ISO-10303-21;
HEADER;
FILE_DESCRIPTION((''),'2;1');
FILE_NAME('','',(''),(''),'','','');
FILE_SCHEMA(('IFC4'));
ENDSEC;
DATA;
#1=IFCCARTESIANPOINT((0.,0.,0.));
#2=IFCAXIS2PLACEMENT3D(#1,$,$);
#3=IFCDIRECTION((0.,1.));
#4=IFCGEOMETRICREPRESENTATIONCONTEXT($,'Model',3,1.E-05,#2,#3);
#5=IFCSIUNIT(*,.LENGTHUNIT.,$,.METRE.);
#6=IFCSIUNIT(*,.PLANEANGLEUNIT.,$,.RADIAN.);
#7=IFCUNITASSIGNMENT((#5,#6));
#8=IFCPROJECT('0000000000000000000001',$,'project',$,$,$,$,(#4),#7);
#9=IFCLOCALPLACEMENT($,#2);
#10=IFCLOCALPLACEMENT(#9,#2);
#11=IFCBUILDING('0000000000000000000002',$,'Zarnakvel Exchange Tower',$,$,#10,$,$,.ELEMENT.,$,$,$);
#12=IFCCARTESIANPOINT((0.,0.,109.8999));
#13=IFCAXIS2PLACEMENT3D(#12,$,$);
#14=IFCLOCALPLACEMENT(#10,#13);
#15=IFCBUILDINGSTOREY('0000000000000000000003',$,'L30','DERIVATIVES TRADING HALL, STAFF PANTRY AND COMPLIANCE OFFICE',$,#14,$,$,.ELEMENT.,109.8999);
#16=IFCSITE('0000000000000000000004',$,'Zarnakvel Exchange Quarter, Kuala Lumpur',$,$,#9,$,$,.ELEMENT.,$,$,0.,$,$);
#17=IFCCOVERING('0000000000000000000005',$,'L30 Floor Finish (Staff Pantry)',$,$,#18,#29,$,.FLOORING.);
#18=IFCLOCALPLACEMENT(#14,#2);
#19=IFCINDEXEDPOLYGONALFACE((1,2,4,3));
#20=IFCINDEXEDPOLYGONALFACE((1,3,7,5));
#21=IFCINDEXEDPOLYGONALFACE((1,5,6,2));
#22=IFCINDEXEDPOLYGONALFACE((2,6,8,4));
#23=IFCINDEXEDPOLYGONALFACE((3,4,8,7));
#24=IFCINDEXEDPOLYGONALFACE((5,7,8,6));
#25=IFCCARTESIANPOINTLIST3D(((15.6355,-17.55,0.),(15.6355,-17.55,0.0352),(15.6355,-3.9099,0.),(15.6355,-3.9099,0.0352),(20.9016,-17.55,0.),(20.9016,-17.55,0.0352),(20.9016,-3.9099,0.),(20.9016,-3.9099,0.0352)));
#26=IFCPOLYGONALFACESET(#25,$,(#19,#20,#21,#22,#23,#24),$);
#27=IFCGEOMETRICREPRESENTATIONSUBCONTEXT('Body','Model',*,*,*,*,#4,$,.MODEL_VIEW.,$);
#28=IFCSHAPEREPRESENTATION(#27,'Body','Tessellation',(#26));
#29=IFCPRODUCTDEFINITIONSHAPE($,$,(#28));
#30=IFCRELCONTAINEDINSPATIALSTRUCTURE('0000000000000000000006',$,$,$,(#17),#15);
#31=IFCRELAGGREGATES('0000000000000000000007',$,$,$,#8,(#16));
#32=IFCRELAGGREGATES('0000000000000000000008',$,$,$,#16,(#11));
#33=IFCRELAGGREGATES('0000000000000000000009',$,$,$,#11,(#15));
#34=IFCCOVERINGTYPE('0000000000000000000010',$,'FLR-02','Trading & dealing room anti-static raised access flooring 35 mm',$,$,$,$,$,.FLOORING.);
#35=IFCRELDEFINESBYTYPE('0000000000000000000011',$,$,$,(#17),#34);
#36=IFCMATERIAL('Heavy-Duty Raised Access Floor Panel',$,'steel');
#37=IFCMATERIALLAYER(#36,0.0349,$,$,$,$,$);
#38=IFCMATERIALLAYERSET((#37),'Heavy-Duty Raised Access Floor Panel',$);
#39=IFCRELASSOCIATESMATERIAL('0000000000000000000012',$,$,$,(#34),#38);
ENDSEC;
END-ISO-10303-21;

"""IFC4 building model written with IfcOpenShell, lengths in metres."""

from ifc_helpers import new_model, si_unit, direction, frame, origin, place, context, subcontext, project, spatial, polyline, outline, extrude, material, layer, layer_set, type_object, element, save


model = new_model("IFC4")

# Units and contexts
model_context = context("Model", 3, precision=1e-05, world=origin(), true_north=direction((0.0, 1.0)))
body_context = subcontext(model_context, "Body", "Model", "MODEL_VIEW")
ifc_project = project(units=[si_unit("LENGTHUNIT", "METRE"), si_unit("PLANEANGLEUNIT", "RADIAN")], contexts=[model_context])

# Site, building, storey
site_placement = place(None, origin())
site = spatial("IfcSite", under=ifc_project, at=site_placement, Name="Zarnakvel Exchange Quarter, Kuala Lumpur", CompositionType="ELEMENT", RefElevation=0.0)
building_placement = place(site_placement, origin())
building = spatial("IfcBuilding", under=site, at=building_placement, Name="Zarnakvel Exchange Tower", CompositionType="ELEMENT")
storey_placement = place(building_placement, frame((0.0, 0.0, 109.8999)))
storey = spatial("IfcBuildingStorey", under=building, at=storey_placement, Name="L30", Description="DERIVATIVES TRADING HALL, STAFF PANTRY AND COMPLIANCE OFFICE", CompositionType="ELEMENT", Elevation=109.8999)

# Covering
ifc_material_1 = material(Name="Heavy-Duty Raised Access Floor Panel", Category="steel")
ifc_layer_1 = layer(ifc_material_1, 0.0349)
ifc_layer_set_1 = layer_set([ifc_layer_1], Name="Heavy-Duty Raised Access Floor Panel")
covering_type_1 = type_object("IfcCoveringType", Name="FLR-02", Description="Trading & dealing room anti-static raised access flooring 35 mm", PredefinedType="FLOORING", material=ifc_layer_set_1)
covering_1_placement = place(storey_placement, origin())
element("IfcCovering", 1, at=covering_1_placement, inside=storey, type_object=covering_type_1, Name="L30 Floor Finish (Staff Pantry)", PredefinedType="FLOORING", context=body_context, shape_type="SweptSolid", body=[
    extrude(outline(polyline([(15.6355, -3.9099), (20.9016, -3.9099), (20.9016, -17.55), (15.6355, -17.55), (15.6355, -3.9099)])), origin(), (0.0, 0.0, 1.0), 0.0352),
])

save(model, "model.ifc")
